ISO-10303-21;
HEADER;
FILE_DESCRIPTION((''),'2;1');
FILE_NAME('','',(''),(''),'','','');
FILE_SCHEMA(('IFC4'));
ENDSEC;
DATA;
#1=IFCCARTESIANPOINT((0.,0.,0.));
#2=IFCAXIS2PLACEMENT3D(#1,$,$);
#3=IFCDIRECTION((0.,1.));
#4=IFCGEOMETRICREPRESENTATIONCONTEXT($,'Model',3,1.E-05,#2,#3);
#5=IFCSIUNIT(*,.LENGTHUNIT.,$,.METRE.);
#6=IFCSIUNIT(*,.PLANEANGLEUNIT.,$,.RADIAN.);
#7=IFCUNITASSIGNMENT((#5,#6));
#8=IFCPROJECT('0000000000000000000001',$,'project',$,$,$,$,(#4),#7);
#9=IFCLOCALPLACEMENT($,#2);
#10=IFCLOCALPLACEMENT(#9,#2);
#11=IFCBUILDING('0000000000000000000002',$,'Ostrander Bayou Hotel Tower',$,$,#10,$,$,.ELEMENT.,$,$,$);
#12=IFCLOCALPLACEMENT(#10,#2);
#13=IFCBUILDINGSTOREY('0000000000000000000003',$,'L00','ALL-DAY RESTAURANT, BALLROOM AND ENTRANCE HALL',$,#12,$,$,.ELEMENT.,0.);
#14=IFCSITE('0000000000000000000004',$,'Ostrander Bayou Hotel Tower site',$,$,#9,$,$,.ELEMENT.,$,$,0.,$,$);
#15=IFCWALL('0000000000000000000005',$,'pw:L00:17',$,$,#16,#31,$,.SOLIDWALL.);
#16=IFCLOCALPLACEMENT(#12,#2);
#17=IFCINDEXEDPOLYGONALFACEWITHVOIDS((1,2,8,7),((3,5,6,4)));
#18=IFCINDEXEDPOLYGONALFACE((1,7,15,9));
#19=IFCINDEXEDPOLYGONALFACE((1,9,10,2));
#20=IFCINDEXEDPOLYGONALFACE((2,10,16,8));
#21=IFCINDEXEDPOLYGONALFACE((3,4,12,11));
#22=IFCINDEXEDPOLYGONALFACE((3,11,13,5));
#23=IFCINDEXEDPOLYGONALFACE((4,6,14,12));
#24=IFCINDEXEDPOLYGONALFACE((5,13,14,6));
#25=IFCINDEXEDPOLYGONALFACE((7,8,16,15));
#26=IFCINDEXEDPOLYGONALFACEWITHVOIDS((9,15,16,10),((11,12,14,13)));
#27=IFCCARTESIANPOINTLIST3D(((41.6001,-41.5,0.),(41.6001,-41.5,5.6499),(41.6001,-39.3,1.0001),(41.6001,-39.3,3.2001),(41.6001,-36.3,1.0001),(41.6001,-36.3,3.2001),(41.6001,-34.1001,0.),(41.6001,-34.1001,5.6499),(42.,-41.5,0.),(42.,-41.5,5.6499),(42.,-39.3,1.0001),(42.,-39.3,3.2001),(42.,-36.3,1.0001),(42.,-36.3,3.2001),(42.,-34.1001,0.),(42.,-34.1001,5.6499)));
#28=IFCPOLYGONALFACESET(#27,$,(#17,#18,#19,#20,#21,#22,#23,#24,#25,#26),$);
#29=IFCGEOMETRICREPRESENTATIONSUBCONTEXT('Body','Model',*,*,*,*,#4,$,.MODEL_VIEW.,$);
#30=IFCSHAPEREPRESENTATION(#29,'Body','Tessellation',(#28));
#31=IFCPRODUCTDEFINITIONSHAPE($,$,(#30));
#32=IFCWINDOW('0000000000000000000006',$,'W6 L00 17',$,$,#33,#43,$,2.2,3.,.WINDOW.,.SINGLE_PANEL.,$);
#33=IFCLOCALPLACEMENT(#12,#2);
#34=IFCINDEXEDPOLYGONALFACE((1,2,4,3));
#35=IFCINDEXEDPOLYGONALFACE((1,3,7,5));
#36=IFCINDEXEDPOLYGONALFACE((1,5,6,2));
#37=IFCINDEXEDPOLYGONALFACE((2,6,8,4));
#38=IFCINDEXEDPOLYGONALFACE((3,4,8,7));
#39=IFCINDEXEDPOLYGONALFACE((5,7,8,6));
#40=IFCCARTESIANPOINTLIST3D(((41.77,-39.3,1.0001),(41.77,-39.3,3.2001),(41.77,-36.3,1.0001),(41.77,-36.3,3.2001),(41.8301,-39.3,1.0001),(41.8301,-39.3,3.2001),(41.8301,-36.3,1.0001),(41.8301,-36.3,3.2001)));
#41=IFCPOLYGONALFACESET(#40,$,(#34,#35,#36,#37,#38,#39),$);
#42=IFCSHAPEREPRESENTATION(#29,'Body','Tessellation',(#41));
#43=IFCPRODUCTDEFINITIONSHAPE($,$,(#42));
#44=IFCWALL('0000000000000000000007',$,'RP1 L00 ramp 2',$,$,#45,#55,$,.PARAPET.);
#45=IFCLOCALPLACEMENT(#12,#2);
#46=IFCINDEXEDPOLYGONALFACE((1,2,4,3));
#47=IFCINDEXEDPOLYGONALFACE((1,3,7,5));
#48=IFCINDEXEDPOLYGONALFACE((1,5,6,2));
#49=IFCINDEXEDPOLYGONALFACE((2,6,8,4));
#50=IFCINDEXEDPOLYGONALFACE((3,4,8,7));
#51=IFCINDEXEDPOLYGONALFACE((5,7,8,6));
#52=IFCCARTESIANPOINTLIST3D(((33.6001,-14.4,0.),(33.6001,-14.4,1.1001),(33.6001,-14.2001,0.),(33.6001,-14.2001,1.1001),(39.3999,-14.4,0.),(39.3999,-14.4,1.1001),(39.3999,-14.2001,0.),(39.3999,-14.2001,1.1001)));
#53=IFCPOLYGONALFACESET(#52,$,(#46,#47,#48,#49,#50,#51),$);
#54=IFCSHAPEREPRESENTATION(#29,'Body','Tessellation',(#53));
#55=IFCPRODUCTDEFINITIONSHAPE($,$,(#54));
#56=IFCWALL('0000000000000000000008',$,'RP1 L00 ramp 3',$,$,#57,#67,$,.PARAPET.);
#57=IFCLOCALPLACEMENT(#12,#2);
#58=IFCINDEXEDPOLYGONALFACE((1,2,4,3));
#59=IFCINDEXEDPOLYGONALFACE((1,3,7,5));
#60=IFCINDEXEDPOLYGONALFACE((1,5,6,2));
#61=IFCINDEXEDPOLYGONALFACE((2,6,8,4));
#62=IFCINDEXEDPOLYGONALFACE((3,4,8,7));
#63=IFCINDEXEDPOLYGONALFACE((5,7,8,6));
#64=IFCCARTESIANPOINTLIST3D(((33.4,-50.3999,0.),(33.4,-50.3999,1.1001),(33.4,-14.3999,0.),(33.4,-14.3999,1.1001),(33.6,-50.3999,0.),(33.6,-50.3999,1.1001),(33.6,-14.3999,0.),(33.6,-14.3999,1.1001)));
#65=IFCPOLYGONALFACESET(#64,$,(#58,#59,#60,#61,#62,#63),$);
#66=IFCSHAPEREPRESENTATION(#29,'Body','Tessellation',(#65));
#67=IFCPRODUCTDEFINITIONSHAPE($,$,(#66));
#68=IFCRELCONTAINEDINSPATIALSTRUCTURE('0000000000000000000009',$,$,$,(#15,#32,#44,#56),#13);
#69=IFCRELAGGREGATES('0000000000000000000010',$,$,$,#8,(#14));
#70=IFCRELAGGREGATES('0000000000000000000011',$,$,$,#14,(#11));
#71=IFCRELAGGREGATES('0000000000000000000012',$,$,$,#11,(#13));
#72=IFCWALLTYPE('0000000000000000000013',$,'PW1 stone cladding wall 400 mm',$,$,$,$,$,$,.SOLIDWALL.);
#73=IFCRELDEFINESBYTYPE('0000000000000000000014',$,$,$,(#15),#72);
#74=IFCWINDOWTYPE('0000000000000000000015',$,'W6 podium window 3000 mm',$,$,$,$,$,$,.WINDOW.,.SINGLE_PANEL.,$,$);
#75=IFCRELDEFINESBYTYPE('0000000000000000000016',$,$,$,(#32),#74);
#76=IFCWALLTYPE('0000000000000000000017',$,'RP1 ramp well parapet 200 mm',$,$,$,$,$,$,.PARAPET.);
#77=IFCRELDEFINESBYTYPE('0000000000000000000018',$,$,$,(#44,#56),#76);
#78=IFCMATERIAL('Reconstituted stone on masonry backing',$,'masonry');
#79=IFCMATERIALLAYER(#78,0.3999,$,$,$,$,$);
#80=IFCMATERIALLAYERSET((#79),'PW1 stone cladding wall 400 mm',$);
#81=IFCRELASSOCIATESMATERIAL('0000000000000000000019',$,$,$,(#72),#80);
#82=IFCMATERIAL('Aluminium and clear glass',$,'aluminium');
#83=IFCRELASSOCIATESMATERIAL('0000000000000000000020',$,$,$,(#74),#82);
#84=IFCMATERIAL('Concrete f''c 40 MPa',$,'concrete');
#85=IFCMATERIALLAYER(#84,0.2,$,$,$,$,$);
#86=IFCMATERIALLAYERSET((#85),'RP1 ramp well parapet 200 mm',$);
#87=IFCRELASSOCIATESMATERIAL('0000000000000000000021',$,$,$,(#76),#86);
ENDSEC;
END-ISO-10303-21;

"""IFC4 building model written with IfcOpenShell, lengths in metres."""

from ifc_helpers import new_model, si_unit, direction, frame, frame_2d, origin, place, context, subcontext, project, spatial, rectangle, extrude, material, layer, layer_set, type_object, element, fill, save


model = new_model("IFC4")

# Units and contexts
model_context = context("Model", 3, precision=1e-05, world=origin(), true_north=direction((0.0, 1.0)))
body_context = subcontext(model_context, "Body", "Model", "MODEL_VIEW")
ifc_project = project(units=[si_unit("LENGTHUNIT", "METRE"), si_unit("PLANEANGLEUNIT", "RADIAN")], contexts=[model_context])

# Site, building, storey
site_placement = place(None, origin())
site = spatial("IfcSite", under=ifc_project, at=site_placement, Name="Ostrander Bayou Hotel Tower site", CompositionType="ELEMENT", RefElevation=0.0)
building_placement = place(site_placement, origin())
building = spatial("IfcBuilding", under=site, at=building_placement, Name="Ostrander Bayou Hotel Tower", CompositionType="ELEMENT")
storey_placement = place(building_placement, origin())
storey = spatial("IfcBuildingStorey", under=building, at=storey_placement, Name="L00", Description="ALL-DAY RESTAURANT, BALLROOM AND ENTRANCE HALL", CompositionType="ELEMENT", Elevation=0.0)

# Shared definitions
ifc_material_1 = material(Name="Reconstituted stone on masonry backing", Category="masonry")
ifc_layer_1 = layer(ifc_material_1, 0.3999)
ifc_layer_set_1 = layer_set([ifc_layer_1], Name="PW1 stone cladding wall 400 mm")
wall_type_1 = type_object("IfcWallType", Name="PW1 stone cladding wall 400 mm", PredefinedType="SOLIDWALL", material=ifc_layer_set_1)
ifc_material_2 = material(Name="Aluminium and clear glass", Category="aluminium")
window_type = type_object("IfcWindowType", Name="W6 podium window 3000 mm", PartitioningType="SINGLE_PANEL", PredefinedType="WINDOW", material=ifc_material_2)

# Wall, opening, window
wall_1_placement = place(storey_placement, frame((41.8, -34.1001, 0.0), z_axis=(0.0, 0.0, 1.0), x_axis=(0.0, -1.0, 0.0)))
wall_1 = element("IfcWall", 1, at=wall_1_placement, inside=storey, type_object=wall_type_1, Name="pw:L00:17", PredefinedType="SOLIDWALL", context=body_context, shape_type="SweptSolid", body=[
    extrude(rectangle(XDim=7.3999, YDim=0.3999, at=frame_2d((3.7, 0.0))), origin(), (0.0, 0.0, 1.0), 5.6499),
])
opening_1_placement = place(wall_1_placement, frame((2.2, 0.0, 1.0)))
opening_1 = element("IfcOpeningElement", 2, at=opening_1_placement, cuts=wall_1, PredefinedType="OPENING", context=body_context, shape_type="SweptSolid", body=[
    extrude(rectangle(XDim=3.0, YDim=2.2, at=frame_2d((1.5, 1.1001))), frame((0.0, 0.2, 0.0), z_axis=(0.0, -1.0, 0.0), x_axis=(1.0, 0.0, 0.0)), (0.0, 0.0, 1.0), 0.3999),
])
window_1_placement = place(opening_1_placement, origin())
window_1 = element("IfcWindow", 3, at=window_1_placement, inside=storey, type_object=window_type, Name="W6 L00 17", OverallHeight=2.2, OverallWidth=3.0, PartitioningType="SINGLE_PANEL", PredefinedType="WINDOW", context=body_context, shape_type="SweptSolid", body=[
    extrude(rectangle(XDim=3.0, YDim=2.2, at=frame_2d((1.5, 1.1001))), frame((0.0, 0.03, 0.0), z_axis=(0.0, -1.0, 0.0), x_axis=(1.0, 0.0, 0.0)), (0.0, 0.0, 1.0), 0.0601),
])
fill(opening_1, window_1)

# Walls
ifc_material_3 = material(Name="Concrete f'c 40 MPa", Category="concrete")
ifc_layer_2 = layer(ifc_material_3, 0.2)
ifc_layer_set_2 = layer_set([ifc_layer_2], Name="RP1 ramp well parapet 200 mm")
wall_type_2 = type_object("IfcWallType", Name="RP1 ramp well parapet 200 mm", PredefinedType="PARAPET", material=ifc_layer_set_2)
wall_2_placement = place(storey_placement, frame((39.3999, -14.3, 0.0), z_axis=(0.0, 0.0, 1.0), x_axis=(-1.0, 0.0, 0.0)))
element("IfcWall", 4, at=wall_2_placement, inside=storey, type_object=wall_type_2, Name="RP1 L00 ramp 2", PredefinedType="PARAPET", context=body_context, shape_type="SweptSolid", body=[
    extrude(rectangle(XDim=5.7998, YDim=0.2, at=frame_2d((2.8999, 0.0))), origin(), (0.0, 0.0, 1.0), 1.1001),
])
wall_3_placement = place(storey_placement, frame((33.5, -14.3999, 0.0), z_axis=(0.0, 0.0, 1.0), x_axis=(0.0, -1.0, 0.0)))
element("IfcWall", 5, at=wall_3_placement, inside=storey, type_object=wall_type_2, Name="RP1 L00 ramp 3", PredefinedType="PARAPET", context=body_context, shape_type="SweptSolid", body=[
    extrude(rectangle(XDim=36.0, YDim=0.2, at=frame_2d((18.0, 0.0))), origin(), (0.0, 0.0, 1.0), 1.1001),
])

save(model, "model.ifc")
